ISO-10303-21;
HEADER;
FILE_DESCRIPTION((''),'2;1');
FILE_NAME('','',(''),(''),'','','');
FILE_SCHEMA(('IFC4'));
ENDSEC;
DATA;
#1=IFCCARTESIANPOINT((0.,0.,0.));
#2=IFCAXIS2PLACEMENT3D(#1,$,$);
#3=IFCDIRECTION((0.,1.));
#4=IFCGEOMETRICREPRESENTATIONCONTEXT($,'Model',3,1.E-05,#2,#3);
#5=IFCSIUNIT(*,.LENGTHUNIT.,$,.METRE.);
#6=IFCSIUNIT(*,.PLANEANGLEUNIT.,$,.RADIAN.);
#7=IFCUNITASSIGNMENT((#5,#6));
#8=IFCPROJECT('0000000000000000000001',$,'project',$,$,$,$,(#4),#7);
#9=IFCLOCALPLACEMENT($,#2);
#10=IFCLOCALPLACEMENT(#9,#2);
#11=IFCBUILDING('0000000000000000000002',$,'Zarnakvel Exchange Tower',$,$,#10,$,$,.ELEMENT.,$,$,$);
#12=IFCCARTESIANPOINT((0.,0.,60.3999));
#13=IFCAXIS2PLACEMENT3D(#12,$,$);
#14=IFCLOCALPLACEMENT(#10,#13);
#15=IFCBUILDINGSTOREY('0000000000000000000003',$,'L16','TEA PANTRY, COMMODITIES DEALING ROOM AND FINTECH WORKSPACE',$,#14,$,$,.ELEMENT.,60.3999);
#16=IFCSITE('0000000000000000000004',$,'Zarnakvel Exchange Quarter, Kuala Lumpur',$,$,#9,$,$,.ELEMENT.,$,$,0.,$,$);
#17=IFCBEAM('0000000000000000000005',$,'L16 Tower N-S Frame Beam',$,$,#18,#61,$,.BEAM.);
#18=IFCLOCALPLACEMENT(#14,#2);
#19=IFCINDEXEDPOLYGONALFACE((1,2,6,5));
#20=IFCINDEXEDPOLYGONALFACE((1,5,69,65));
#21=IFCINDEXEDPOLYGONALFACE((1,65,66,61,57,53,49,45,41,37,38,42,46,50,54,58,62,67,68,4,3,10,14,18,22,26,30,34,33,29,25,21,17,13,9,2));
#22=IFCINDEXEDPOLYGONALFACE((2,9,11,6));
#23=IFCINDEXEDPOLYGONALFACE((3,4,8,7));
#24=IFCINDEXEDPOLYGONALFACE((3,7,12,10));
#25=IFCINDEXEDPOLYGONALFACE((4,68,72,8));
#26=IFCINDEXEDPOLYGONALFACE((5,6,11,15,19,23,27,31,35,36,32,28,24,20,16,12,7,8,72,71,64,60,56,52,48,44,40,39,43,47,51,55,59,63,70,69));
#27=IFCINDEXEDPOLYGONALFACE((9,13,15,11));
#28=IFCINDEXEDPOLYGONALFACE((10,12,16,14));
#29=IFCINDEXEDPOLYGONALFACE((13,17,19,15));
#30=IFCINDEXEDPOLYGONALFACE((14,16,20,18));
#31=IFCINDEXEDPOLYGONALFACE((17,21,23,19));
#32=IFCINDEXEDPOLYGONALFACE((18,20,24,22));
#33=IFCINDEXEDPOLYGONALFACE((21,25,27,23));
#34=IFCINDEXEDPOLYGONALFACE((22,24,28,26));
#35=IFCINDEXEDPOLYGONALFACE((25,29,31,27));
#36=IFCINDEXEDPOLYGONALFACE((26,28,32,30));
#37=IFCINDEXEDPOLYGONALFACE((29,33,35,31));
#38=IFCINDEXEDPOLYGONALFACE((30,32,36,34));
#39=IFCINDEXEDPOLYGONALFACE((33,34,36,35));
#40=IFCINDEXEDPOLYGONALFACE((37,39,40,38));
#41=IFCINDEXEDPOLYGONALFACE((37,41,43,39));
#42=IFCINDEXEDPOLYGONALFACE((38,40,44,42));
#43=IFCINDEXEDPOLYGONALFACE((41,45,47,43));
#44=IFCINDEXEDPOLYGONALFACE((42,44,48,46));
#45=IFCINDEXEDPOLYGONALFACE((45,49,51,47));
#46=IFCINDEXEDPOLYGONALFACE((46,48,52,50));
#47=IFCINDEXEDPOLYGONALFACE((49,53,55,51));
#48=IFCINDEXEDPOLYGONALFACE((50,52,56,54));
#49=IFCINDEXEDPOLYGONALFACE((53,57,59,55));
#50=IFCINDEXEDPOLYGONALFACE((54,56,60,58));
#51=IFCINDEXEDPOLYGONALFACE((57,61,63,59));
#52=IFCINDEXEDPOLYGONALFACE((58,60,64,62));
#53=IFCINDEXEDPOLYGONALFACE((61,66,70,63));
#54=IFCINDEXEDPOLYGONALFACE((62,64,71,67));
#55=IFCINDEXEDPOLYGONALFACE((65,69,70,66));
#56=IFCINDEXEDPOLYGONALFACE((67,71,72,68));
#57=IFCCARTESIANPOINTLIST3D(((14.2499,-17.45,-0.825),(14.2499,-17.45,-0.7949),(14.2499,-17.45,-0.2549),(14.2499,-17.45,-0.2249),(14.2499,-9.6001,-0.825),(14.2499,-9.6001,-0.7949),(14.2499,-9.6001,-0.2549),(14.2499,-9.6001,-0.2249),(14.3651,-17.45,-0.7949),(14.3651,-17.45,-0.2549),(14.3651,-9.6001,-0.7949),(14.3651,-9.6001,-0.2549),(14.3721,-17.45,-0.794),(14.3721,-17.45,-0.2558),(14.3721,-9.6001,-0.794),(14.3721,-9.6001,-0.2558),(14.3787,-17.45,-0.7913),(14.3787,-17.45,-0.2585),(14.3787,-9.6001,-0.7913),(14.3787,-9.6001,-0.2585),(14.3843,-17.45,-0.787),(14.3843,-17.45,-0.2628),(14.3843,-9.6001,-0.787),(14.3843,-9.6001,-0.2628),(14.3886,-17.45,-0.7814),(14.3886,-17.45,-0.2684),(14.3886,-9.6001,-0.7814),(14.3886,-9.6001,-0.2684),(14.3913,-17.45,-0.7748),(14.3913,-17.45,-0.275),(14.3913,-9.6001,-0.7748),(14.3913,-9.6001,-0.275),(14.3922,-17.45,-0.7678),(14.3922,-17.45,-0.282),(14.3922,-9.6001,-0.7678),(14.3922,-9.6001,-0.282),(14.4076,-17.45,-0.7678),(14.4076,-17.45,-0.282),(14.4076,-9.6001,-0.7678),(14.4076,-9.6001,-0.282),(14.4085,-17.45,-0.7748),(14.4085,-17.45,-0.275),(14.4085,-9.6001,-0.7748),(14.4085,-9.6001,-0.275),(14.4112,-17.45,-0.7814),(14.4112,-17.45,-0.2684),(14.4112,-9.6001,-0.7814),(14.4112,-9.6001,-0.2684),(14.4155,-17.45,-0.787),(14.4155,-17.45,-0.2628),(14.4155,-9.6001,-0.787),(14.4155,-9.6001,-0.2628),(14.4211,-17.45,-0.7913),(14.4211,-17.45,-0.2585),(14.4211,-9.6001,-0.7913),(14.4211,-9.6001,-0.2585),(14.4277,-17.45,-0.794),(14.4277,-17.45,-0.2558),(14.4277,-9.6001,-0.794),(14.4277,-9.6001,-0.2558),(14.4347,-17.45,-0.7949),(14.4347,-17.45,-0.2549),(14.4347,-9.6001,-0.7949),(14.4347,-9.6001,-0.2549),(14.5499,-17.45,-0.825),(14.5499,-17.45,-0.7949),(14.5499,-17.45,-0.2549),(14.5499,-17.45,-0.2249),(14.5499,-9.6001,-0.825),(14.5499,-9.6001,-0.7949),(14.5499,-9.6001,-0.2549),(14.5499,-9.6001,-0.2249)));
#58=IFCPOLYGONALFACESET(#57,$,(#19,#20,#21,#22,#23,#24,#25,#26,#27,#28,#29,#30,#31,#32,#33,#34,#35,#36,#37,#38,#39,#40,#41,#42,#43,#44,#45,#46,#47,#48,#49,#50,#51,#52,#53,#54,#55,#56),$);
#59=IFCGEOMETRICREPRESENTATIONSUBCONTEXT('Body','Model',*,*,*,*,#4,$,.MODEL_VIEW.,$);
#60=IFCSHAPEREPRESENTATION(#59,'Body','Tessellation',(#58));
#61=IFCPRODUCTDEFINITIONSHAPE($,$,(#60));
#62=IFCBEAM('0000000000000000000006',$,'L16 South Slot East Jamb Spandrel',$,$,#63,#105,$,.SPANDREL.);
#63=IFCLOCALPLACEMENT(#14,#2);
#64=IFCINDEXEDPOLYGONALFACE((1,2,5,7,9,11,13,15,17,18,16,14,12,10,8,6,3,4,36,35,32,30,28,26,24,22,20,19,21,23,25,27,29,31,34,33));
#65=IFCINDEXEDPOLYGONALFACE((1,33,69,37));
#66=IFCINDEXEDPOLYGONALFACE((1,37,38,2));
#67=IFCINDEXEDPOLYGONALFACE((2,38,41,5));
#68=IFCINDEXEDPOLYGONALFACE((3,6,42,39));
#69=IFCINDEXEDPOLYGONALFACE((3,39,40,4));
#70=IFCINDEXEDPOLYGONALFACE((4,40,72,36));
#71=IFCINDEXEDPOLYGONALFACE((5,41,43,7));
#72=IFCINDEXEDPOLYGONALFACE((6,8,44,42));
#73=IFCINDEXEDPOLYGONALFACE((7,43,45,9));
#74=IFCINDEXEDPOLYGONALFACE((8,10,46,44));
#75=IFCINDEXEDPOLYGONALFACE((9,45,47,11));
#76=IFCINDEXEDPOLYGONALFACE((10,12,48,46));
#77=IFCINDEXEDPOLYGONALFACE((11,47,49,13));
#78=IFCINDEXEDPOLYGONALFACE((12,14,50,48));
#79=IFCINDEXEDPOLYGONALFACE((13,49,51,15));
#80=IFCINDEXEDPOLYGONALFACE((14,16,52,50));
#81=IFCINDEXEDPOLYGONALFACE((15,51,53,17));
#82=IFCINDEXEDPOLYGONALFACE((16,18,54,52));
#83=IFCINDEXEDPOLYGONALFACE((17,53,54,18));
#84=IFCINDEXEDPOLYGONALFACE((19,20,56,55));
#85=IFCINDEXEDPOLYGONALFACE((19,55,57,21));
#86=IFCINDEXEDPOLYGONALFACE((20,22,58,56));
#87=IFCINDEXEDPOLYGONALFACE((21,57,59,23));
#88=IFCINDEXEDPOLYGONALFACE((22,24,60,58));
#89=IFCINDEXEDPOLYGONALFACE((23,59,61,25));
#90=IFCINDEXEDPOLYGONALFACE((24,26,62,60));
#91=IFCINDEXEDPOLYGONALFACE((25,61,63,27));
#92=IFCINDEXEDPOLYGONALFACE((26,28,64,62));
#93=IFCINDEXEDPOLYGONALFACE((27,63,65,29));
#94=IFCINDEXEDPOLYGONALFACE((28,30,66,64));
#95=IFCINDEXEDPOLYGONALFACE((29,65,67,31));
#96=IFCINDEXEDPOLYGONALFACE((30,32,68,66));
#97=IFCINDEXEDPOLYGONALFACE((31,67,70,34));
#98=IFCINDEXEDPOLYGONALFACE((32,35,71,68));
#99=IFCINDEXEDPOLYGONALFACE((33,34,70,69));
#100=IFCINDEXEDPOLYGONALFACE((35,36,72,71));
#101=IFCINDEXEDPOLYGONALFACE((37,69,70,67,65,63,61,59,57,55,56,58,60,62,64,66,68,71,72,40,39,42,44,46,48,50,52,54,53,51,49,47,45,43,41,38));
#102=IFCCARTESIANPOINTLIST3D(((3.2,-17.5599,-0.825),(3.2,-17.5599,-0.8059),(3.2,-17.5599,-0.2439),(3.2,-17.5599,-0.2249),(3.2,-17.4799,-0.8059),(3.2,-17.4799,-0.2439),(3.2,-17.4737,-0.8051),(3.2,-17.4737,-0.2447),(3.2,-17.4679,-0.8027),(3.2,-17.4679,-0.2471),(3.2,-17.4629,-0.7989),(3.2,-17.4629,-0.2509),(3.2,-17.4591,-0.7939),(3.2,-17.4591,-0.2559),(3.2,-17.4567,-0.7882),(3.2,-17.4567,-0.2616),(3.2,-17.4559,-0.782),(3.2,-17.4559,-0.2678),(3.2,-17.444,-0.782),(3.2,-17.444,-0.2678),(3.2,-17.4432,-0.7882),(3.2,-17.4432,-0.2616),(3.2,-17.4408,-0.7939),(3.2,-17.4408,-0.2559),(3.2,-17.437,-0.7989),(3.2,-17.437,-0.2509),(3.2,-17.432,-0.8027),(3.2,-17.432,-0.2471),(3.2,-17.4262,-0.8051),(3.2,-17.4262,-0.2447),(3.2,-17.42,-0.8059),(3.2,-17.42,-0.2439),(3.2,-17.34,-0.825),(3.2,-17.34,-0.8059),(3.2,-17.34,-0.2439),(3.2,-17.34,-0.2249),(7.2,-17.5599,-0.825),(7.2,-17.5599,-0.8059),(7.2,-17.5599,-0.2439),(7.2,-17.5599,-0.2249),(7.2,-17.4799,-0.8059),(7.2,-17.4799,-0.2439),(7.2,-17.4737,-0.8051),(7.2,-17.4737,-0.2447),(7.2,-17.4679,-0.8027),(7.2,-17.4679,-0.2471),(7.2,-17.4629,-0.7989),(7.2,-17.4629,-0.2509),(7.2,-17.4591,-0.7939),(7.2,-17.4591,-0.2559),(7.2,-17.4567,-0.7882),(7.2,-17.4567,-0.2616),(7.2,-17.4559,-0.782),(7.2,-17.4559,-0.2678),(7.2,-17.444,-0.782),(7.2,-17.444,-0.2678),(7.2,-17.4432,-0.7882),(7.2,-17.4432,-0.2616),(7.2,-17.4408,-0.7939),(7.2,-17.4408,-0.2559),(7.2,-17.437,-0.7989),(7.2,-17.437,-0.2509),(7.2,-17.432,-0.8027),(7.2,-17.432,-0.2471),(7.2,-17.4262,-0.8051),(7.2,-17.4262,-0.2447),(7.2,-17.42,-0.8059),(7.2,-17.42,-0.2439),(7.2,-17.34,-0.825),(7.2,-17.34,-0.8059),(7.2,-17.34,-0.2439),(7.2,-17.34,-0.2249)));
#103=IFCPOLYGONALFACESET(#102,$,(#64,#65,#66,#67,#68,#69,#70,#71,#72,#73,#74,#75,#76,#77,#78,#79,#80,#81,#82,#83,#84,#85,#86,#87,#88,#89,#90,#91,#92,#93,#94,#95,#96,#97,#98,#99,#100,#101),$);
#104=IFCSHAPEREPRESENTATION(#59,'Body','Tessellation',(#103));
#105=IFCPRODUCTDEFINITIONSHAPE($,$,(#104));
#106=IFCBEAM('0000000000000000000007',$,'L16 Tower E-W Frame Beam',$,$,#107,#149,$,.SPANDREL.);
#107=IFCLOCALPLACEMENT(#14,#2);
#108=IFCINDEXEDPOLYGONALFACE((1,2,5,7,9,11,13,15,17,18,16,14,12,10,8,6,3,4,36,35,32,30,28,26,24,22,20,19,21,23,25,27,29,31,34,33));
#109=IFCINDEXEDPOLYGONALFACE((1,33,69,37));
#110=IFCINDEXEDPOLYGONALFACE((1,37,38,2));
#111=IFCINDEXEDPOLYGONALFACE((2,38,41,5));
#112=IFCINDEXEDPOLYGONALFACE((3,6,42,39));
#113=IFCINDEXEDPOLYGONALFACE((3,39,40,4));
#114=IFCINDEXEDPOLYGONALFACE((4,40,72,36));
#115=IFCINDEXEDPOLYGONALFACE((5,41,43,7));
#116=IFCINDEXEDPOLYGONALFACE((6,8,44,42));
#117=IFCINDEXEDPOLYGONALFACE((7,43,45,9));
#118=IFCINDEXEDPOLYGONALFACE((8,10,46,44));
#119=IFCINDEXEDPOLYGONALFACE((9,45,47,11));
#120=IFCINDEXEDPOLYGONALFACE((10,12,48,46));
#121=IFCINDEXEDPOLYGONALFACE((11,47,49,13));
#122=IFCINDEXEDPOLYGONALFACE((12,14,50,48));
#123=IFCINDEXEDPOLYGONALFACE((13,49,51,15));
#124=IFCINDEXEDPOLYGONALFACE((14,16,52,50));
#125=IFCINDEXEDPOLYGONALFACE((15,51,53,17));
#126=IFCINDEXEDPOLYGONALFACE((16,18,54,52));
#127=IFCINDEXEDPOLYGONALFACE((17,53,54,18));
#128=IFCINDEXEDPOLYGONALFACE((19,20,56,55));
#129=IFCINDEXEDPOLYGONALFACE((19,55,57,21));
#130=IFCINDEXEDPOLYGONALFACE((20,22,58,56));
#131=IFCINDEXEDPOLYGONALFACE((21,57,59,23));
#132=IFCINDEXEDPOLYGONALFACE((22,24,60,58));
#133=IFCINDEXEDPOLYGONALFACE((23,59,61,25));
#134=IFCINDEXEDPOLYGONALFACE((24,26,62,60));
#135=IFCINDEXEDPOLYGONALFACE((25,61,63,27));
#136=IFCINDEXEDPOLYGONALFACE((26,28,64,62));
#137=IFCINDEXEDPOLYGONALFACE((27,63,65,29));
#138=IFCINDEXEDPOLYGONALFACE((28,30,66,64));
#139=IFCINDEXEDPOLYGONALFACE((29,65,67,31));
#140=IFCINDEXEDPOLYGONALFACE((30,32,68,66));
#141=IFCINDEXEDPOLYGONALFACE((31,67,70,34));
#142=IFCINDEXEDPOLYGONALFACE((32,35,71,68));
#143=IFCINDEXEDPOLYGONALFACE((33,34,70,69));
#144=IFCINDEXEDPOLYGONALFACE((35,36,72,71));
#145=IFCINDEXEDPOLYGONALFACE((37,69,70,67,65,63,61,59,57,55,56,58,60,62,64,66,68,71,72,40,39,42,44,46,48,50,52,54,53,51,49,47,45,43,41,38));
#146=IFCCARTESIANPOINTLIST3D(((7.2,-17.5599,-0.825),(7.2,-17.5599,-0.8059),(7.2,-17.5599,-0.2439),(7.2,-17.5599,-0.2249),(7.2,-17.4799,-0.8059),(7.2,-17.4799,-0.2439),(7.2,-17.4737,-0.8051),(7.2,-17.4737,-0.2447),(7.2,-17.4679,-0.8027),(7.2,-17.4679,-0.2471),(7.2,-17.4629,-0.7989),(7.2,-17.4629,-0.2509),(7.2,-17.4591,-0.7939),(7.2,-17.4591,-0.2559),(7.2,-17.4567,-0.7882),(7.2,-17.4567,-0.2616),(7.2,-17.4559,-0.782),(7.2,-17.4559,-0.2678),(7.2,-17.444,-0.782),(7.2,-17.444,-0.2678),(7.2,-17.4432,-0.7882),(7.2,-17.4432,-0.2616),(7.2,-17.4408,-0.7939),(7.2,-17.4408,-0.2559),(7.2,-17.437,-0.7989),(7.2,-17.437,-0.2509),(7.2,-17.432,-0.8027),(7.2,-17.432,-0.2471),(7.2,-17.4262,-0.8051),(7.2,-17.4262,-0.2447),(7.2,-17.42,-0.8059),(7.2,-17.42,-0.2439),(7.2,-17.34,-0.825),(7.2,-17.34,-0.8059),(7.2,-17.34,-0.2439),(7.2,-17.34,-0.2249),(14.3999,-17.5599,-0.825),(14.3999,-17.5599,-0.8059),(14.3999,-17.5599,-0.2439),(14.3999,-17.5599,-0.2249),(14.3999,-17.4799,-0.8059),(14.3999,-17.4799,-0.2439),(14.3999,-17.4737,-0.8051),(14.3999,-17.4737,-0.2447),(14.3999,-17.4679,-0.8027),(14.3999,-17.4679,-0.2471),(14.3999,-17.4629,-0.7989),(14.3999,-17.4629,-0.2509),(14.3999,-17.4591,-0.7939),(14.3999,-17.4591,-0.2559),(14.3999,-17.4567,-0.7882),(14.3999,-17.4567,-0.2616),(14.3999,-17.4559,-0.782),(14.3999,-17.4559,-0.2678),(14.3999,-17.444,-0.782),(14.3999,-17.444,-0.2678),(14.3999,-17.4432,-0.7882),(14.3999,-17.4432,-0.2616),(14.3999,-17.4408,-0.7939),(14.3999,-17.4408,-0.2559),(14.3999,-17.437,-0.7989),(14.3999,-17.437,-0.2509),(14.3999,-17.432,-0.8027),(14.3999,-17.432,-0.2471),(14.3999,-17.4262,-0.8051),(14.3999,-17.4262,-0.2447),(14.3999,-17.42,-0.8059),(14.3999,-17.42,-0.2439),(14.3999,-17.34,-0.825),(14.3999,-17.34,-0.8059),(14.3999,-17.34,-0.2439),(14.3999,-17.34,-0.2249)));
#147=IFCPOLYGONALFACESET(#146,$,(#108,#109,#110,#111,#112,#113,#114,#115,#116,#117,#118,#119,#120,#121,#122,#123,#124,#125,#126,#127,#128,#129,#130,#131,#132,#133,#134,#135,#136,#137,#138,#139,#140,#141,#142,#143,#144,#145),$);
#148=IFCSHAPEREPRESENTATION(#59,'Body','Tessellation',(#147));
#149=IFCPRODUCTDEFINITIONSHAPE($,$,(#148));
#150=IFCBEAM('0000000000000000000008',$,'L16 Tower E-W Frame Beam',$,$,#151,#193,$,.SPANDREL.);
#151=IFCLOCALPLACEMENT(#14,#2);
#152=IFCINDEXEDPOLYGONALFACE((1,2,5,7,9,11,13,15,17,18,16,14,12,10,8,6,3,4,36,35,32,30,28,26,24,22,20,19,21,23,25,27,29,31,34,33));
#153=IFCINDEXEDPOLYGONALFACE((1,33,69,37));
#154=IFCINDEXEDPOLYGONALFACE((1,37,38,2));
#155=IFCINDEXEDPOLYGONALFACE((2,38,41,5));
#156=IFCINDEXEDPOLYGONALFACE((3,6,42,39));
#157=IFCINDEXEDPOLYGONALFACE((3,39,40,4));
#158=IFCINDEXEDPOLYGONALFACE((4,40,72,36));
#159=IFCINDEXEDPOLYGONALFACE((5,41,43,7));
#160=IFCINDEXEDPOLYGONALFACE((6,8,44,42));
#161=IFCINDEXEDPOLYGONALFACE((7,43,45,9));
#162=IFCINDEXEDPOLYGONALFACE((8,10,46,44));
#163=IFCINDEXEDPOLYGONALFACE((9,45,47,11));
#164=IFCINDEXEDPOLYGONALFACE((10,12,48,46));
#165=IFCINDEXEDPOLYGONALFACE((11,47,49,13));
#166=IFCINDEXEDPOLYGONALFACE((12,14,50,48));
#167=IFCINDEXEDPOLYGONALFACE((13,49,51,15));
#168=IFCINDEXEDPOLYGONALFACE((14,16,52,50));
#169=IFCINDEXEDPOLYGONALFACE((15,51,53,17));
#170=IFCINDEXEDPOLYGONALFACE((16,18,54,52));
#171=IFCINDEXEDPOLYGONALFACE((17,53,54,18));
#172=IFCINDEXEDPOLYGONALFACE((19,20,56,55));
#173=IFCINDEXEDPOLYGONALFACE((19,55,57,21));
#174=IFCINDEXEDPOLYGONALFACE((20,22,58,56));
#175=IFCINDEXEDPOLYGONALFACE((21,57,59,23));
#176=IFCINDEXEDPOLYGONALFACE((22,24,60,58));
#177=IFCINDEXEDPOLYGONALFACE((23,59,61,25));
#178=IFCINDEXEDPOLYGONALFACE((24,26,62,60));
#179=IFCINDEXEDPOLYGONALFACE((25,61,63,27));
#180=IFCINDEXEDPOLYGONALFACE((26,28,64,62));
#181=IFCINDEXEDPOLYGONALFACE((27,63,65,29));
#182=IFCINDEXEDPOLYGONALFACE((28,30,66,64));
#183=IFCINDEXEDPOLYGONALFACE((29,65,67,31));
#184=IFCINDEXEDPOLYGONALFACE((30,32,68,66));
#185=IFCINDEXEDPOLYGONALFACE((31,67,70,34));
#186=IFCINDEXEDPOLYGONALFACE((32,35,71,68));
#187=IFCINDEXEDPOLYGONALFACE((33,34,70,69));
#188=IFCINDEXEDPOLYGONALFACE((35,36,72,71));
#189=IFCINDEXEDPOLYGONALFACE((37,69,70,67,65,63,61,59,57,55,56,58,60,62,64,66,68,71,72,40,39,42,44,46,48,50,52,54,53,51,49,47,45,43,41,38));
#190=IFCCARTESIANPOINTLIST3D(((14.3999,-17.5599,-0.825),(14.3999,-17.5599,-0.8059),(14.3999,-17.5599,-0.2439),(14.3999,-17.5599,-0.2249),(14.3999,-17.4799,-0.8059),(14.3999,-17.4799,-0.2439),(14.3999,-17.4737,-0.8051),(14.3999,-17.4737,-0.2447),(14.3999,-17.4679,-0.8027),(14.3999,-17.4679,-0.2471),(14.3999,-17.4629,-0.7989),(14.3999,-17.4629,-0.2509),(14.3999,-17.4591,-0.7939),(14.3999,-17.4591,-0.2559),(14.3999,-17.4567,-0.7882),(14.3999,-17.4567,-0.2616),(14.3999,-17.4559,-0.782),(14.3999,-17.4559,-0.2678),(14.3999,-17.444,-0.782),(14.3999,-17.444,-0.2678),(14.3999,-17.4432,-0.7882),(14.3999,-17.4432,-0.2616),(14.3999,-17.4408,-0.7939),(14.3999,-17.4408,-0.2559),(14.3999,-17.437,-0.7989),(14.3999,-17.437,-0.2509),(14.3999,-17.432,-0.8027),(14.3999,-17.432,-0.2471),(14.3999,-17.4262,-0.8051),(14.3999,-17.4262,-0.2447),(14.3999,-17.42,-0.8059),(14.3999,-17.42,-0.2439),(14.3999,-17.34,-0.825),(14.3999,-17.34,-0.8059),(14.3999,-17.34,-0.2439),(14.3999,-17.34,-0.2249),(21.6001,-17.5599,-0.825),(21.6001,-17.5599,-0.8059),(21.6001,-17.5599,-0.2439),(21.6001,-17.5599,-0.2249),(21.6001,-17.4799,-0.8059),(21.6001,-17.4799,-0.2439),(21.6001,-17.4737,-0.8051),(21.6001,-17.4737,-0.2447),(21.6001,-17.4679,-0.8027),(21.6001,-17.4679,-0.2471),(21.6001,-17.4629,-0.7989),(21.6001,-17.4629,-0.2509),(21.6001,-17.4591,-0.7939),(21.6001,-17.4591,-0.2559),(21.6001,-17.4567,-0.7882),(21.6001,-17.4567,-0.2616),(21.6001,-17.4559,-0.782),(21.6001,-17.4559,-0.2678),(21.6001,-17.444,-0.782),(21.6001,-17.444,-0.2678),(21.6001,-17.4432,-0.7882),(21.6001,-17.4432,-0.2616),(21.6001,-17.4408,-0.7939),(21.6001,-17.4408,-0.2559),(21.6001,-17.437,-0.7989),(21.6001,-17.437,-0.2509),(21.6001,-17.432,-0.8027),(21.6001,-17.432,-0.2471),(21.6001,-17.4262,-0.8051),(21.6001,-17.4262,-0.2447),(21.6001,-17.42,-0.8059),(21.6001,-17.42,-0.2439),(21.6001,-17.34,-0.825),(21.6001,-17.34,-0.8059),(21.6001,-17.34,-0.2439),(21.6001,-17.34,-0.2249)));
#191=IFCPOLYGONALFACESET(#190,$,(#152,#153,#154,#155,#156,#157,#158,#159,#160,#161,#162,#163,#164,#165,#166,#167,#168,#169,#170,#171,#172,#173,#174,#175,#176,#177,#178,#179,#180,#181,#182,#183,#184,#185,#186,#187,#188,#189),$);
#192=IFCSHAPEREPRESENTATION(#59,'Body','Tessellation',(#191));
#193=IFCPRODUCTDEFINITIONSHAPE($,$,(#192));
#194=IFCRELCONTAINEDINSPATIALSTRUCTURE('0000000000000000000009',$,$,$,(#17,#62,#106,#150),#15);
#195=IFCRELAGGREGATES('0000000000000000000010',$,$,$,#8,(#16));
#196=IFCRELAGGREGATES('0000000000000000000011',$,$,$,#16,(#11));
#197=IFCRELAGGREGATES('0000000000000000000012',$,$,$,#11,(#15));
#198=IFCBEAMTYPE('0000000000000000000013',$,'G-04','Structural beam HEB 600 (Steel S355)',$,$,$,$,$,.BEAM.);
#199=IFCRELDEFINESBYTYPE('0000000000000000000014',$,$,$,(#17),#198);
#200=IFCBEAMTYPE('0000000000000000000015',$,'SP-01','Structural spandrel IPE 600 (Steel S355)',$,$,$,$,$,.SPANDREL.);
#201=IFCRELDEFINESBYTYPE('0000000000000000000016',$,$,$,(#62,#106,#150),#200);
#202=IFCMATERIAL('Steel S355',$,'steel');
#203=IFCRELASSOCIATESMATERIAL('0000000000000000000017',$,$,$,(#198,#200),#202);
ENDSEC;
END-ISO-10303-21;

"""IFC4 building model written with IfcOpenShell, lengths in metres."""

from ifc_helpers import new_model, si_unit, direction, frame, origin, origin_2d, place, context, subcontext, project, spatial, i_section, extrude, material, material_profile, profile_set, type_object, element, save


model = new_model("IFC4")

# Units and contexts
model_context = context("Model", 3, precision=1e-05, world=origin(), true_north=direction((0.0, 1.0)))
body_context = subcontext(model_context, "Body", "Model", "MODEL_VIEW")
ifc_project = project(units=[si_unit("LENGTHUNIT", "METRE"), si_unit("PLANEANGLEUNIT", "RADIAN")], contexts=[model_context])

# Site, building, storey
site_placement = place(None, origin())
site = spatial("IfcSite", under=ifc_project, at=site_placement, Name="Zarnakvel Exchange Quarter, Kuala Lumpur", CompositionType="ELEMENT", RefElevation=0.0)
building_placement = place(site_placement, origin())
building = spatial("IfcBuilding", under=site, at=building_placement, Name="Zarnakvel Exchange Tower", CompositionType="ELEMENT")
storey_placement = place(building_placement, frame((0.0, 0.0, 60.3999)))
storey = spatial("IfcBuildingStorey", under=building, at=storey_placement, Name="L16", Description="TEA PANTRY, COMMODITIES DEALING ROOM AND FINTECH WORKSPACE", CompositionType="ELEMENT", Elevation=60.3999)

# Beams
ifc_material_1 = material(Name="Steel S355", Category="steel")
ifc_material_profile_1 = material_profile(ifc_material_1, i_section(OverallWidth=0.3, OverallDepth=0.6001, WebThickness=0.0154, FlangeThickness=0.03, FilletRadius=0.0271, at=origin_2d()))
ifc_profile_set_1 = profile_set([ifc_material_profile_1], Name="Steel S355")
beam_type_1 = type_object("IfcBeamType", Name="G-04", Description="Structural beam HEB 600 (Steel S355)", PredefinedType="BEAM", material=ifc_profile_set_1)
for number, where, z_axis, x_axis, name in (
    (1, (14.3999, -17.45, -0.5249), (0.0, 1.0, 0.0), (-1.0, 0.0, 0.0), "L16 Tower N-S Frame Beam"),
):
    element("IfcBeam", number, at=place(storey_placement, frame(where, z_axis=z_axis, x_axis=x_axis)), inside=storey, type_object=beam_type_1, Name=name, PredefinedType="BEAM", context=body_context, shape_type="SweptSolid", body=[
        extrude(i_section(OverallWidth=0.3, OverallDepth=0.6001, WebThickness=0.0154, FlangeThickness=0.03, FilletRadius=0.0271, at=origin_2d()), origin(), (0.0, 0.0, 1.0), 7.8499),
    ])
ifc_material_profile_2 = material_profile(ifc_material_1, i_section(OverallWidth=0.22, OverallDepth=0.6001, WebThickness=0.012, FlangeThickness=0.019, FilletRadius=0.0239, at=origin_2d()))
ifc_profile_set_2 = profile_set([ifc_material_profile_2], Name="Steel S355")
beam_type_2 = type_object("IfcBeamType", Name="SP-01", Description="Structural spandrel IPE 600 (Steel S355)", PredefinedType="SPANDREL", material=ifc_profile_set_2)
beam_1_placement = place(storey_placement, frame((3.2, -17.45, -0.5249), z_axis=(1.0, 0.0, 0.0), x_axis=(0.0, 1.0, 0.0)))
element("IfcBeam", 2, at=beam_1_placement, inside=storey, type_object=beam_type_2, Name="L16 South Slot East Jamb Spandrel", PredefinedType="SPANDREL", context=body_context, shape_type="SweptSolid", body=[
    extrude(i_section(OverallWidth=0.22, OverallDepth=0.6001, WebThickness=0.012, FlangeThickness=0.019, FilletRadius=0.0239, at=origin_2d()), origin(), (0.0, 0.0, 1.0), 4.0),
])
beam_2_placement = place(storey_placement, frame((7.2, -17.45, -0.5249), z_axis=(1.0, 0.0, 0.0), x_axis=(0.0, 1.0, 0.0)))
element("IfcBeam", 3, at=beam_2_placement, inside=storey, type_object=beam_type_2, Name="L16 Tower E-W Frame Beam", PredefinedType="SPANDREL", context=body_context, shape_type="SweptSolid", body=[
    extrude(i_section(OverallWidth=0.22, OverallDepth=0.6001, WebThickness=0.012, FlangeThickness=0.019, FilletRadius=0.0239, at=origin_2d()), origin(), (0.0, 0.0, 1.0), 7.2),
])
beam_3_placement = place(storey_placement, frame((14.3999, -17.45, -0.5249), z_axis=(1.0, 0.0, 0.0), x_axis=(0.0, 1.0, 0.0)))
element("IfcBeam", 4, at=beam_3_placement, inside=storey, type_object=beam_type_2, Name="L16 Tower E-W Frame Beam", PredefinedType="SPANDREL", context=body_context, shape_type="SweptSolid", body=[
    extrude(i_section(OverallWidth=0.22, OverallDepth=0.6001, WebThickness=0.012, FlangeThickness=0.019, FilletRadius=0.0239, at=origin_2d()), origin(), (0.0, 0.0, 1.0), 7.2002),
])

save(model, "model.ifc")
